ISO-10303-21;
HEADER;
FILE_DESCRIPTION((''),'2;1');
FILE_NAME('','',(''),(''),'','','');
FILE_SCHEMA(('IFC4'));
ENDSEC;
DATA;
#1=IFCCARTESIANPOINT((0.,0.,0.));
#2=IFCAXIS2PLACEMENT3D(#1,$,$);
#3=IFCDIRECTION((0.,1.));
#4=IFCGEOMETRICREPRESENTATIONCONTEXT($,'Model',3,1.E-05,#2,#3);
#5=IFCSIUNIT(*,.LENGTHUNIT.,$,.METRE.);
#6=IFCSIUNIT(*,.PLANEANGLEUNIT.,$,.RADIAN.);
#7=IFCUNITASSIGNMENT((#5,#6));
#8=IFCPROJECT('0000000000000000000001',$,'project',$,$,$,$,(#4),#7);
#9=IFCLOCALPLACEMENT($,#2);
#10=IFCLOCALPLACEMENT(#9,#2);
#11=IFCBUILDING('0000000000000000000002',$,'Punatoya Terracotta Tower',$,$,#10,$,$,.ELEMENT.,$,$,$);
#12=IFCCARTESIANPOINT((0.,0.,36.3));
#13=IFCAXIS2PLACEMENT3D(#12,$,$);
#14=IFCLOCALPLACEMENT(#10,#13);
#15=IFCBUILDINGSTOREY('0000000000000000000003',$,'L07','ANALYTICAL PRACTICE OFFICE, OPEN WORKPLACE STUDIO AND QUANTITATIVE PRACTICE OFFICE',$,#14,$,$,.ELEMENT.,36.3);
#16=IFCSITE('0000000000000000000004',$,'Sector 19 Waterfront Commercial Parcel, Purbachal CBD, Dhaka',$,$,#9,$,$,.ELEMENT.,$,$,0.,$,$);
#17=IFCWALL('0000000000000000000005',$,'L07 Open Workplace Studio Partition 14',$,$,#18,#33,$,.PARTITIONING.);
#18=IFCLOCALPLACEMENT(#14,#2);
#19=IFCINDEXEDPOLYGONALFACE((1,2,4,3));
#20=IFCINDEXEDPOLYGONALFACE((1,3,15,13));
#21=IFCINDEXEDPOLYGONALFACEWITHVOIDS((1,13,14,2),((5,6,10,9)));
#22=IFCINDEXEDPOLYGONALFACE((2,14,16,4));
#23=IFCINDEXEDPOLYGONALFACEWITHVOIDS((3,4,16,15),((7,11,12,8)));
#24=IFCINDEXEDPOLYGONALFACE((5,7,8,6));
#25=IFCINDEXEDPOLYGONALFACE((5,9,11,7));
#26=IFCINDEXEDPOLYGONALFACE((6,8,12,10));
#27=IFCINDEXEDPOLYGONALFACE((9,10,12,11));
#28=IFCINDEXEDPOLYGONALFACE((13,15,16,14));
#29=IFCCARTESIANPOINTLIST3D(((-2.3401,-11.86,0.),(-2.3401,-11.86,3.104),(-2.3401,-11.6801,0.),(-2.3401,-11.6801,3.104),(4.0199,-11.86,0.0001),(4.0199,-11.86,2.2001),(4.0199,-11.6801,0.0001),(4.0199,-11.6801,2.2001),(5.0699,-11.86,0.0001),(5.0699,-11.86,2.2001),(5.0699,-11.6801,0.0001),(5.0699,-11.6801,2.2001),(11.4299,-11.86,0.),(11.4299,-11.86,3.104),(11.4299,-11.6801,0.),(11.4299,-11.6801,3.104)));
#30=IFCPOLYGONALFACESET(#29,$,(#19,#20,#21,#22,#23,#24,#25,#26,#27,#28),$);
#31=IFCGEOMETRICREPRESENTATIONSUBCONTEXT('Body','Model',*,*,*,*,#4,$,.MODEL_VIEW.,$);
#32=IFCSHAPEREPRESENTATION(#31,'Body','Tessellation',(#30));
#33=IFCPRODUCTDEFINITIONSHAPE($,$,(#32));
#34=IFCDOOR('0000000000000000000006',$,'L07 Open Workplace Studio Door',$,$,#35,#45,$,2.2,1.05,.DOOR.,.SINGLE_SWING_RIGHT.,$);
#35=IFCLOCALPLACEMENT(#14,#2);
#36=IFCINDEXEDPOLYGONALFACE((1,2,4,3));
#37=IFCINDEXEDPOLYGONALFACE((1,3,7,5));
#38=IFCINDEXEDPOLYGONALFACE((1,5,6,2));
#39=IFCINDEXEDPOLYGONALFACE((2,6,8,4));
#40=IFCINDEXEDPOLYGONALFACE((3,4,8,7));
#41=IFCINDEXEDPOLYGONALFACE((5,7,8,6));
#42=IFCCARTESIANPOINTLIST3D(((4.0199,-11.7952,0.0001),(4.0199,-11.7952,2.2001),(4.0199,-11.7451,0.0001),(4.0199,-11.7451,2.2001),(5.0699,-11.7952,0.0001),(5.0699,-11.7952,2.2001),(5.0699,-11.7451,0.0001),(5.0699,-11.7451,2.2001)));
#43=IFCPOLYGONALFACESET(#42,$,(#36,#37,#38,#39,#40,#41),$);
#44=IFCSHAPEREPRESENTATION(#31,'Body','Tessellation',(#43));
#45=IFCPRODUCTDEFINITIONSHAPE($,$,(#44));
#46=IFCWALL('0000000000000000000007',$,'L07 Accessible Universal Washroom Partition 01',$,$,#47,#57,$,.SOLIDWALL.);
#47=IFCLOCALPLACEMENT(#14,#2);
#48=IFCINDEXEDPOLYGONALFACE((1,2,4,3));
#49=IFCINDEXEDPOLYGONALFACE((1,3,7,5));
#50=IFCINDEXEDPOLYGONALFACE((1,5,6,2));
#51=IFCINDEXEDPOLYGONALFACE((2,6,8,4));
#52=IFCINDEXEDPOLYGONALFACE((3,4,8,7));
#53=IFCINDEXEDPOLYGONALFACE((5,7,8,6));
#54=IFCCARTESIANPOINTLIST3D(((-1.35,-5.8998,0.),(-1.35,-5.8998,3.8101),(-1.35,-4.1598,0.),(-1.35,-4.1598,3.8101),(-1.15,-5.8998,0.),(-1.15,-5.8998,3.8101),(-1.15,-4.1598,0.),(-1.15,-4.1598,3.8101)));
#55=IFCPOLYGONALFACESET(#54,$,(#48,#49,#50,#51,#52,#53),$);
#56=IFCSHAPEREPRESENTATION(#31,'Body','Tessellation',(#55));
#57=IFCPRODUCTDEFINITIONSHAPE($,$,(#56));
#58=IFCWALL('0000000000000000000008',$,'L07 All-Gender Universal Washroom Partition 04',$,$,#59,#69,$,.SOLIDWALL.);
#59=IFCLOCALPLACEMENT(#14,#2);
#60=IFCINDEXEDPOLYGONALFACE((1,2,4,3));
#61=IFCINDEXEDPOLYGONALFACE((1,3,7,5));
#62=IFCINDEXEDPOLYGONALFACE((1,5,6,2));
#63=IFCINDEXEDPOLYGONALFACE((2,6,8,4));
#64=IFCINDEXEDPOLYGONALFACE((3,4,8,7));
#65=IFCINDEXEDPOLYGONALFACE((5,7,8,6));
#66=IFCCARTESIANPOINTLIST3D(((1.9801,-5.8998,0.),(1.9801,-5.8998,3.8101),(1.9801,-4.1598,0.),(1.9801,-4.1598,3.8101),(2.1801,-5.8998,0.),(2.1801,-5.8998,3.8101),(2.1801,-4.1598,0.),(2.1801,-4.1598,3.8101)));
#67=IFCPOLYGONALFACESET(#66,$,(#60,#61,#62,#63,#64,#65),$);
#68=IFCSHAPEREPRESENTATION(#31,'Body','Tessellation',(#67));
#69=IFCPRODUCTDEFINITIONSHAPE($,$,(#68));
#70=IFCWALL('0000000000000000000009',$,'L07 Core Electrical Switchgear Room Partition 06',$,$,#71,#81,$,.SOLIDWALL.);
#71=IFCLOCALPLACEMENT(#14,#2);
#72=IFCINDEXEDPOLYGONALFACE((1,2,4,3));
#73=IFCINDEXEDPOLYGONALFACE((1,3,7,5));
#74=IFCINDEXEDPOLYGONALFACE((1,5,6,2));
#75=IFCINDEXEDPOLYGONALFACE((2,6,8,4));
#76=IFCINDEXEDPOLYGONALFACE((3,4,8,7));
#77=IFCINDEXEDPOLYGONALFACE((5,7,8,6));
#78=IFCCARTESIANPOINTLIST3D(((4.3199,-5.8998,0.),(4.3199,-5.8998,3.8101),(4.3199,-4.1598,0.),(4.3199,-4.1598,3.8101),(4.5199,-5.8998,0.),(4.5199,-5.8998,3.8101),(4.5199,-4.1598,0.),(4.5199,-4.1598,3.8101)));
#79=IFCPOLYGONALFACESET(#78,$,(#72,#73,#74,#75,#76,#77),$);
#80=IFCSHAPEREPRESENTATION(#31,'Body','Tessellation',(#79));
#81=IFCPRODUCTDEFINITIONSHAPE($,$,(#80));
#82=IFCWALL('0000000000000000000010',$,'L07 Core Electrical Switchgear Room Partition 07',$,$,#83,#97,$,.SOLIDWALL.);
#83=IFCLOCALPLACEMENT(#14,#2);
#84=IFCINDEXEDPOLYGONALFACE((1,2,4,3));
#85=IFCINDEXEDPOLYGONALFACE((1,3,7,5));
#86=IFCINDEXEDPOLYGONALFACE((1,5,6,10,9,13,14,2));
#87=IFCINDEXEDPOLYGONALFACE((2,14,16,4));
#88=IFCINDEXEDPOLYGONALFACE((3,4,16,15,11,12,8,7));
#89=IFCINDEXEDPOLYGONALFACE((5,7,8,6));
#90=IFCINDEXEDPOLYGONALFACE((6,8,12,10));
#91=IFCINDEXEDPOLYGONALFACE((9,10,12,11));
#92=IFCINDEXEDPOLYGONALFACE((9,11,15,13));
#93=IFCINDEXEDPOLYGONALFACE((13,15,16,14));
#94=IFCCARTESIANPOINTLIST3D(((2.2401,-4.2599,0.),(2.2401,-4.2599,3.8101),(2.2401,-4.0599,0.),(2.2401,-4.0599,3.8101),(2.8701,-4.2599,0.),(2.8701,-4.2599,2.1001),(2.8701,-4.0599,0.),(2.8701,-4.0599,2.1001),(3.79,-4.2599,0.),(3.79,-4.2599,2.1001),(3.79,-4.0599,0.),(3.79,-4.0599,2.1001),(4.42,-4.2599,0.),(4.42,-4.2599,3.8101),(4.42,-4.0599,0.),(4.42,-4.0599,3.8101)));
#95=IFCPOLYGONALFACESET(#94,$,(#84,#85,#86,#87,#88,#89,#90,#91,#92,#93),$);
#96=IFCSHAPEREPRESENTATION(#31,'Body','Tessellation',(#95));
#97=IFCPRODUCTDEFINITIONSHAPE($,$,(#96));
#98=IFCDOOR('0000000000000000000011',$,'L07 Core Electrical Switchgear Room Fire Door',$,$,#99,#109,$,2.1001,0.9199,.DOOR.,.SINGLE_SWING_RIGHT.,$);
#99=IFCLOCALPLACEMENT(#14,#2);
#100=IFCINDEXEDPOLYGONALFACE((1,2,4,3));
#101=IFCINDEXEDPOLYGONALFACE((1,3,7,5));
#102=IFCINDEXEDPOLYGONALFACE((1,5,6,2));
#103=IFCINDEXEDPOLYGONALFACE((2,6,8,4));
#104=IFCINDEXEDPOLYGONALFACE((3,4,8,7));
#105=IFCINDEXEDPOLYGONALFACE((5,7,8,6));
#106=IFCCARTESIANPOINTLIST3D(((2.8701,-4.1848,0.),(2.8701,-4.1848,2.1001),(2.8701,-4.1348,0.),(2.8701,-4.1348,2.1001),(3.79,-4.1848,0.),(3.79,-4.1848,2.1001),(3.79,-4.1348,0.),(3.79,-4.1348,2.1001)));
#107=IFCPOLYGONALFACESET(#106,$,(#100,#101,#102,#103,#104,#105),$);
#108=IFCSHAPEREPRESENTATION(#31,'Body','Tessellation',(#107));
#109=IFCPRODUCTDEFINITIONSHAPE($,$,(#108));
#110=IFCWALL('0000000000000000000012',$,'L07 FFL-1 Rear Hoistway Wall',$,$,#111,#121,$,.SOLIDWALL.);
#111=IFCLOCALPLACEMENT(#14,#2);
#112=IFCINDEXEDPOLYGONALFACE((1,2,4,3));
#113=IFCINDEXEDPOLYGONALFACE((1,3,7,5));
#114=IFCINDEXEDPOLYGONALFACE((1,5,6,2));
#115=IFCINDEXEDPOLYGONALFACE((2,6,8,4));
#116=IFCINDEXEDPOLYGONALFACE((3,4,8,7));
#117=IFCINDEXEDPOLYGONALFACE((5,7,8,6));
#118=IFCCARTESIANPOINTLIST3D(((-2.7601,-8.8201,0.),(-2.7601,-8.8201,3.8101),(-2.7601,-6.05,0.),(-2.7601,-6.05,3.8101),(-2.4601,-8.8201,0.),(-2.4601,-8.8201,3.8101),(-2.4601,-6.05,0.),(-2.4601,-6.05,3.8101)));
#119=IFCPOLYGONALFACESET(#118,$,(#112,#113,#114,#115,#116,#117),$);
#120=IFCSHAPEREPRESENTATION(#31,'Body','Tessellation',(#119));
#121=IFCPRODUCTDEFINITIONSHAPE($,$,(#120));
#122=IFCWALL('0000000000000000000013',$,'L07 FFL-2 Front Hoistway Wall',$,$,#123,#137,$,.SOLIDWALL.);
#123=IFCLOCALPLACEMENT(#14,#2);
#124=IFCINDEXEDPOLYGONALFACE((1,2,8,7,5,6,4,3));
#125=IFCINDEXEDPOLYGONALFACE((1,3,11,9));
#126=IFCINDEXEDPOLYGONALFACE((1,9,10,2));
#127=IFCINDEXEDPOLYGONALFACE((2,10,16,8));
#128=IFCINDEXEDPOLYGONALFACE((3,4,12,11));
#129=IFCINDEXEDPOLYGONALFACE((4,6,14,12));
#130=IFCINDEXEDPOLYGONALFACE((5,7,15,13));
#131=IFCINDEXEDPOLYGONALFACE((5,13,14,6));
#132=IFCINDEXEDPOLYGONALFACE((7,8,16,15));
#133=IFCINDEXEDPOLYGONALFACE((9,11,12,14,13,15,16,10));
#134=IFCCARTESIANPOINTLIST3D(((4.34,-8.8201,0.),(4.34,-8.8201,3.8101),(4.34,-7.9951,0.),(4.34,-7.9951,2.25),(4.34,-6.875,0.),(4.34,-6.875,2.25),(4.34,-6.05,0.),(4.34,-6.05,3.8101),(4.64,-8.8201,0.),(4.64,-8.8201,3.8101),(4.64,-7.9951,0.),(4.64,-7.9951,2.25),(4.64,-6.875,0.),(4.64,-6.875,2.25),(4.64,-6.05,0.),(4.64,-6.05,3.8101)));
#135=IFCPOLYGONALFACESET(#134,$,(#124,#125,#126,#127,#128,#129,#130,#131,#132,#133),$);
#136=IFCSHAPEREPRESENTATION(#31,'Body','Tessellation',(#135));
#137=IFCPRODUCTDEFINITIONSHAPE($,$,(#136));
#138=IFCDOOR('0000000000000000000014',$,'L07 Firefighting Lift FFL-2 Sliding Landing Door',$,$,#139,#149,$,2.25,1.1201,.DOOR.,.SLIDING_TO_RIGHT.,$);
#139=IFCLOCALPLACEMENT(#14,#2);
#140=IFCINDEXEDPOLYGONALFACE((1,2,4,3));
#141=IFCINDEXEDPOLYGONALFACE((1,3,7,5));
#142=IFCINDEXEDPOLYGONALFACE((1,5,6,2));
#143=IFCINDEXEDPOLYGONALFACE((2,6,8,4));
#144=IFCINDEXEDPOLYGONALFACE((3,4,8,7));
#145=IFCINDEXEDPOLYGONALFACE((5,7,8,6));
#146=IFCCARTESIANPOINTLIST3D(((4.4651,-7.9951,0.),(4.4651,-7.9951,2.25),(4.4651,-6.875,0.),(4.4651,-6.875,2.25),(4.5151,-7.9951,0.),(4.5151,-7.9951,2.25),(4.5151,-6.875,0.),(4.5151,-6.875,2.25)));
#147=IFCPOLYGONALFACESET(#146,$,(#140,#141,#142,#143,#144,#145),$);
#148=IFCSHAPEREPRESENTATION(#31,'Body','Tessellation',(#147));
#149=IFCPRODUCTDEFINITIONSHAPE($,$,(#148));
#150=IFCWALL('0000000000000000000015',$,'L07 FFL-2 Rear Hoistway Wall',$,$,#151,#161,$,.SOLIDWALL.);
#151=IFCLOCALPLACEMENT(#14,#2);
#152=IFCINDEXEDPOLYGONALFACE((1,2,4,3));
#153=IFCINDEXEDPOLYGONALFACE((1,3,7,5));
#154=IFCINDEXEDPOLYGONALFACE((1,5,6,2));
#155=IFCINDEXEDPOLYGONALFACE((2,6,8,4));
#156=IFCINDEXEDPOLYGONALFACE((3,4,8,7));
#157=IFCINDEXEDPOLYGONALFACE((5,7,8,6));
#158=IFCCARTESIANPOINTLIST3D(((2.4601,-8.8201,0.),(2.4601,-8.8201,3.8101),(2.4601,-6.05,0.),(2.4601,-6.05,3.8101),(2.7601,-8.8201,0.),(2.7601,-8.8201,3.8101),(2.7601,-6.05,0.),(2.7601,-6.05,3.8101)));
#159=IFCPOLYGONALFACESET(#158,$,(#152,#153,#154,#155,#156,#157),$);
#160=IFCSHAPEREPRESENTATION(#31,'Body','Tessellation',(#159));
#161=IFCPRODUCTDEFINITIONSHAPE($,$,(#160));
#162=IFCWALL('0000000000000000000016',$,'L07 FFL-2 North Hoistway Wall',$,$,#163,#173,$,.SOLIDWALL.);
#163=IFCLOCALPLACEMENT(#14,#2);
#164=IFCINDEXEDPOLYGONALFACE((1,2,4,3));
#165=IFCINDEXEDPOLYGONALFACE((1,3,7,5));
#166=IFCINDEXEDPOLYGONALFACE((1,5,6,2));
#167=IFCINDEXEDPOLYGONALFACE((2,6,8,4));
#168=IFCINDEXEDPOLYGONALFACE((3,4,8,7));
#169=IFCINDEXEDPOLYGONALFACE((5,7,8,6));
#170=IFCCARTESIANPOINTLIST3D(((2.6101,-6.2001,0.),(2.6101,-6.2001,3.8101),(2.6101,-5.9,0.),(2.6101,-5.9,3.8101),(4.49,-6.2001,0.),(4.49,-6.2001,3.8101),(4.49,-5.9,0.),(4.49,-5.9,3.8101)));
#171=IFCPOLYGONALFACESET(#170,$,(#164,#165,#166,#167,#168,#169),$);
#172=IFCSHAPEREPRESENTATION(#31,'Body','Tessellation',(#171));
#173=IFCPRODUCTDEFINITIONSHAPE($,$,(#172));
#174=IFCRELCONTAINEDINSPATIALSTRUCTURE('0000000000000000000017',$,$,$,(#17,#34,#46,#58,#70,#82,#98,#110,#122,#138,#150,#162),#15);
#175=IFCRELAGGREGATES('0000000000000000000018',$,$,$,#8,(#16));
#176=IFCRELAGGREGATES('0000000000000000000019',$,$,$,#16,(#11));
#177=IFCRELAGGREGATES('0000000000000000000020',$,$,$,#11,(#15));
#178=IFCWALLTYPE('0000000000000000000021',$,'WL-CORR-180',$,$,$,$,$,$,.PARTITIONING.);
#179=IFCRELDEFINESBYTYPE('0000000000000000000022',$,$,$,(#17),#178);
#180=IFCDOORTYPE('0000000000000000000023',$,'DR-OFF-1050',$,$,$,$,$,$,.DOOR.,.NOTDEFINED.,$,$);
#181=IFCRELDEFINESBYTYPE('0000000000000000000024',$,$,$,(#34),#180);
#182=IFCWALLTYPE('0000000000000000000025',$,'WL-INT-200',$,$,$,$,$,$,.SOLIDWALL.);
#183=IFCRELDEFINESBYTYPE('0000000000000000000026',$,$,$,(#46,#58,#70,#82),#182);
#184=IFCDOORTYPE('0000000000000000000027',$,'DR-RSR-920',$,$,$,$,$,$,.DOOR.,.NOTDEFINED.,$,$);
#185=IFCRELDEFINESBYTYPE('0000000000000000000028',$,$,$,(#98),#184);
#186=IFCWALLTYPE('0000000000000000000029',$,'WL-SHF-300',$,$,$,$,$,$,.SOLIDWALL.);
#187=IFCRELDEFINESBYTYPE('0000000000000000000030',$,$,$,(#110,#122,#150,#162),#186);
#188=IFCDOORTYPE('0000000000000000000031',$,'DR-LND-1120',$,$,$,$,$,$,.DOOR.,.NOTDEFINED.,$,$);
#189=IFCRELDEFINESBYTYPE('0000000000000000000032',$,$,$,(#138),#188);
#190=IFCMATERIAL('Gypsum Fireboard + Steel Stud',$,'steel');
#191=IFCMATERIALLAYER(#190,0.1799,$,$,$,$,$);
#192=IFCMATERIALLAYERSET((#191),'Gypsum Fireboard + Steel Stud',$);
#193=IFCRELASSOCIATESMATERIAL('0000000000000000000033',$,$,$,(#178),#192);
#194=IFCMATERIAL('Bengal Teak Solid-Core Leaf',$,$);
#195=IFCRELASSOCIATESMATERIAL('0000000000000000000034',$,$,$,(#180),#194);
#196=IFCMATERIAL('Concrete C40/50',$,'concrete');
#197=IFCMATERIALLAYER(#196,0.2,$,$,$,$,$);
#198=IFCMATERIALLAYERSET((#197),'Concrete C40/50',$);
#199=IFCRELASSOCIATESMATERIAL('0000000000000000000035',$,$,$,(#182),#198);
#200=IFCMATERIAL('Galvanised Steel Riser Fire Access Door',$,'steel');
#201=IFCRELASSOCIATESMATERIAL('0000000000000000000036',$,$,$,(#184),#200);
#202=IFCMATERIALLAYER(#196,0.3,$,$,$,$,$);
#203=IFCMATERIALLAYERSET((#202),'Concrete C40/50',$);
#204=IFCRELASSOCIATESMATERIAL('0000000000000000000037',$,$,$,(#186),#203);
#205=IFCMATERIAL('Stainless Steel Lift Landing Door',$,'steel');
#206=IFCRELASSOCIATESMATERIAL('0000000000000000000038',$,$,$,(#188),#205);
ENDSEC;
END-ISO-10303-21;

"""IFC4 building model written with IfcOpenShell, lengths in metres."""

from ifc_helpers import new_model, si_unit, direction, frame, frame_2d, origin, place, context, subcontext, project, spatial, rectangle, extrude, material, layer, layer_set, type_object, element, fill, save


model = new_model("IFC4")

# Units and contexts
model_context = context("Model", 3, precision=1e-05, world=origin(), true_north=direction((0.0, 1.0)))
body_context = subcontext(model_context, "Body", "Model", "MODEL_VIEW")
ifc_project = project(units=[si_unit("LENGTHUNIT", "METRE"), si_unit("PLANEANGLEUNIT", "RADIAN")], contexts=[model_context])

# Site, building, storey
site_placement = place(None, origin())
site = spatial("IfcSite", under=ifc_project, at=site_placement, Name="Sector 19 Waterfront Commercial Parcel, Purbachal CBD, Dhaka", CompositionType="ELEMENT", RefElevation=0.0)
building_placement = place(site_placement, origin())
building = spatial("IfcBuilding", under=site, at=building_placement, Name="Punatoya Terracotta Tower", CompositionType="ELEMENT")
storey_placement = place(building_placement, frame((0.0, 0.0, 36.3)))
storey = spatial("IfcBuildingStorey", under=building, at=storey_placement, Name="L07", Description="ANALYTICAL PRACTICE OFFICE, OPEN WORKPLACE STUDIO AND QUANTITATIVE PRACTICE OFFICE", CompositionType="ELEMENT", Elevation=36.3)

# Shared definitions
ifc_material_1 = material(Name="Concrete C40/50", Category="concrete")

# Wall, opening, door
ifc_material_2 = material(Name="Gypsum Fireboard + Steel Stud", Category="steel")
ifc_layer_1 = layer(ifc_material_2, 0.1799)
ifc_layer_set_1 = layer_set([ifc_layer_1], Name="Gypsum Fireboard + Steel Stud")
wall_type_1 = type_object("IfcWallType", Name="WL-CORR-180", PredefinedType="PARTITIONING", material=ifc_layer_set_1)
wall_1_placement = place(storey_placement, frame((-2.3401, -11.77, 0.0), z_axis=(0.0, 0.0, 1.0), x_axis=(1.0, 0.0, 0.0)))
wall_1 = element("IfcWall", 1, at=wall_1_placement, inside=storey, type_object=wall_type_1, Name="L07 Open Workplace Studio Partition 14", PredefinedType="PARTITIONING", context=body_context, shape_type="SweptSolid", body=[
    extrude(rectangle(XDim=13.77, YDim=0.1799, at=frame_2d((6.885, 0.0))), origin(), (0.0, 0.0, 1.0), 3.104),
])
opening_1_placement = place(wall_1_placement, frame((6.3601, 0.0, 0.0)))
opening_1 = element("IfcOpeningElement", 2, at=opening_1_placement, cuts=wall_1, PredefinedType="OPENING", context=body_context, shape_type="SweptSolid", body=[
    extrude(rectangle(XDim=1.05, YDim=2.2, at=frame_2d((0.5249, 1.1001))), frame((0.0, 0.0999, 0.0), z_axis=(0.0, -1.0, 0.0), x_axis=(1.0, 0.0, 0.0)), (0.0, 0.0, 1.0), 0.2),
])
ifc_material_3 = material(Name="Bengal Teak Solid-Core Leaf")
door_type_1 = type_object("IfcDoorType", Name="DR-OFF-1050", OperationType="NOTDEFINED", PredefinedType="DOOR", material=ifc_material_3)
door_1_placement = place(opening_1_placement, origin())
door_1 = element("IfcDoor", 3, at=door_1_placement, inside=storey, type_object=door_type_1, Name="L07 Open Workplace Studio Door", OperationType="SINGLE_SWING_RIGHT", OverallHeight=2.2, OverallWidth=1.05, PredefinedType="DOOR", context=body_context, shape_type="SweptSolid", body=[
    extrude(rectangle(XDim=1.05, YDim=2.2, at=frame_2d((0.5249, 1.1001))), frame((0.0, 0.0249, 0.0), z_axis=(0.0, -1.0, 0.0), x_axis=(1.0, 0.0, 0.0)), (0.0, 0.0, 1.0), 0.05),
])
fill(opening_1, door_1)

# Wall
ifc_layer_2 = layer(ifc_material_1, 0.2)
ifc_layer_set_2 = layer_set([ifc_layer_2], Name="Concrete C40/50")
wall_type_2 = type_object("IfcWallType", Name="WL-INT-200", PredefinedType="SOLIDWALL", material=ifc_layer_set_2)
wall_2_placement = place(storey_placement, frame((-1.25, -5.8999, 0.0), z_axis=(0.0, 0.0, 1.0), x_axis=(0.0, 1.0, 0.0)))
element("IfcWall", 4, at=wall_2_placement, inside=storey, type_object=wall_type_2, Name="L07 Accessible Universal Washroom Partition 01", PredefinedType="SOLIDWALL", context=body_context, shape_type="SweptSolid", body=[
    extrude(rectangle(XDim=1.74, YDim=0.2, at=frame_2d((0.8701, 0.0))), origin(), (0.0, 0.0, 1.0), 3.8101),
])

# Wall
wall_3_placement = place(storey_placement, frame((2.0801, -5.8999, 0.0), z_axis=(0.0, 0.0, 1.0), x_axis=(0.0, 1.0, 0.0)))
element("IfcWall", 5, at=wall_3_placement, inside=storey, type_object=wall_type_2, Name="L07 All-Gender Universal Washroom Partition 04", PredefinedType="SOLIDWALL", context=body_context, shape_type="SweptSolid", body=[
    extrude(rectangle(XDim=1.74, YDim=0.2, at=frame_2d((0.8701, 0.0))), origin(), (0.0, 0.0, 1.0), 3.8101),
])

# Wall
wall_4_placement = place(storey_placement, frame((4.4199, -5.8999, 0.0), z_axis=(0.0, 0.0, 1.0), x_axis=(0.0, 1.0, 0.0)))
element("IfcWall", 6, at=wall_4_placement, inside=storey, type_object=wall_type_2, Name="L07 Core Electrical Switchgear Room Partition 06", PredefinedType="SOLIDWALL", context=body_context, shape_type="SweptSolid", body=[
    extrude(rectangle(XDim=1.74, YDim=0.2, at=frame_2d((0.8701, 0.0))), origin(), (0.0, 0.0, 1.0), 3.8101),
])

# Wall, opening, door
wall_5_placement = place(storey_placement, frame((4.4199, -4.1599, 0.0), z_axis=(0.0, 0.0, 1.0), x_axis=(-1.0, 0.0, 0.0)))
wall_5 = element("IfcWall", 7, at=wall_5_placement, inside=storey, type_object=wall_type_2, Name="L07 Core Electrical Switchgear Room Partition 07", PredefinedType="SOLIDWALL", context=body_context, shape_type="SweptSolid", body=[
    extrude(rectangle(XDim=2.1799, YDim=0.2, at=frame_2d((1.0898, 0.0))), origin(), (0.0, 0.0, 1.0), 3.8101),
])
opening_2_placement = place(wall_5_placement, frame((0.6299, 0.0, 0.0)))
opening_2 = element("IfcOpeningElement", 8, at=opening_2_placement, cuts=wall_5, PredefinedType="OPENING", context=body_context, shape_type="SweptSolid", body=[
    extrude(rectangle(XDim=0.9199, YDim=2.1001, at=frame_2d((0.46, 1.05))), frame((0.0, 0.1099, 0.0), z_axis=(0.0, -1.0, 0.0), x_axis=(1.0, 0.0, 0.0)), (0.0, 0.0, 1.0), 0.22),
])
ifc_material_4 = material(Name="Galvanised Steel Riser Fire Access Door", Category="steel")
door_type_2 = type_object("IfcDoorType", Name="DR-RSR-920", OperationType="NOTDEFINED", PredefinedType="DOOR", material=ifc_material_4)
door_2_placement = place(opening_2_placement, origin())
door_2 = element("IfcDoor", 9, at=door_2_placement, inside=storey, type_object=door_type_2, Name="L07 Core Electrical Switchgear Room Fire Door", OperationType="SINGLE_SWING_RIGHT", OverallHeight=2.1001, OverallWidth=0.9199, PredefinedType="DOOR", context=body_context, shape_type="SweptSolid", body=[
    extrude(rectangle(XDim=0.9199, YDim=2.1001, at=frame_2d((0.46, 1.05))), frame((0.0, 0.0249, 0.0), z_axis=(0.0, -1.0, 0.0), x_axis=(1.0, 0.0, 0.0)), (0.0, 0.0, 1.0), 0.05),
])
fill(opening_2, door_2)

# Wall
ifc_layer_3 = layer(ifc_material_1, 0.3)
ifc_layer_set_3 = layer_set([ifc_layer_3], Name="Concrete C40/50")
wall_type_3 = type_object("IfcWallType", Name="WL-SHF-300", PredefinedType="SOLIDWALL", material=ifc_layer_set_3)
wall_6_placement = place(storey_placement, frame((-2.6101, -8.8201, 0.0), z_axis=(0.0, 0.0, 1.0), x_axis=(0.0, 1.0, 0.0)))
element("IfcWall", 10, at=wall_6_placement, inside=storey, type_object=wall_type_3, Name="L07 FFL-1 Rear Hoistway Wall", PredefinedType="SOLIDWALL", context=body_context, shape_type="SweptSolid", body=[
    extrude(rectangle(XDim=2.77, YDim=0.3, at=frame_2d((1.385, 0.0))), origin(), (0.0, 0.0, 1.0), 3.8101),
])

# Wall, opening, door
wall_7_placement = place(storey_placement, frame((4.49, -8.8201, 0.0), z_axis=(0.0, 0.0, 1.0), x_axis=(0.0, 1.0, 0.0)))
wall_7 = element("IfcWall", 11, at=wall_7_placement, inside=storey, type_object=wall_type_3, Name="L07 FFL-2 Front Hoistway Wall", PredefinedType="SOLIDWALL", context=body_context, shape_type="SweptSolid", body=[
    extrude(rectangle(XDim=2.77, YDim=0.3, at=frame_2d((1.385, 0.0))), origin(), (0.0, 0.0, 1.0), 3.8101),
])
opening_3_placement = place(wall_7_placement, frame((0.825, 0.0, 0.0)))
opening_3 = element("IfcOpeningElement", 12, at=opening_3_placement, cuts=wall_7, PredefinedType="OPENING", context=body_context, shape_type="SweptSolid", body=[
    extrude(rectangle(XDim=1.1201, YDim=2.25, at=frame_2d((0.5601, 1.125))), frame((0.0, 0.1599, 0.0), z_axis=(0.0, -1.0, 0.0), x_axis=(1.0, 0.0, 0.0)), (0.0, 0.0, 1.0), 0.3201),
])
ifc_material_5 = material(Name="Stainless Steel Lift Landing Door", Category="steel")
door_type_3 = type_object("IfcDoorType", Name="DR-LND-1120", OperationType="NOTDEFINED", PredefinedType="DOOR", material=ifc_material_5)
door_3_placement = place(opening_3_placement, origin())
door_3 = element("IfcDoor", 13, at=door_3_placement, inside=storey, type_object=door_type_3, Name="L07 Firefighting Lift FFL-2 Sliding Landing Door", OperationType="SLIDING_TO_RIGHT", OverallHeight=2.25, OverallWidth=1.1201, PredefinedType="DOOR", context=body_context, shape_type="SweptSolid", body=[
    extrude(rectangle(XDim=1.1201, YDim=2.25, at=frame_2d((0.5601, 1.125))), frame((0.0, 0.0249, 0.0), z_axis=(0.0, -1.0, 0.0), x_axis=(1.0, 0.0, 0.0)), (0.0, 0.0, 1.0), 0.05),
])
fill(opening_3, door_3)

# Walls
wall_8_placement = place(storey_placement, frame((2.6101, -8.8201, 0.0), z_axis=(0.0, 0.0, 1.0), x_axis=(0.0, 1.0, 0.0)))
element("IfcWall", 14, at=wall_8_placement, inside=storey, type_object=wall_type_3, Name="L07 FFL-2 Rear Hoistway Wall", PredefinedType="SOLIDWALL", context=body_context, shape_type="SweptSolid", body=[
    extrude(rectangle(XDim=2.77, YDim=0.3, at=frame_2d((1.385, 0.0))), origin(), (0.0, 0.0, 1.0), 3.8101),
])
for number, where, z_axis, x_axis, name in (
    (15, (2.6101, -6.05, 0.0), (0.0, 0.0, 1.0), (1.0, 0.0, 0.0), "L07 FFL-2 North Hoistway Wall"),
):
    element("IfcWall", number, at=place(storey_placement, frame(where, z_axis=z_axis, x_axis=x_axis)), inside=storey, type_object=wall_type_3, Name=name, PredefinedType="SOLIDWALL", context=body_context, shape_type="SweptSolid", body=[
        extrude(rectangle(XDim=1.8799, YDim=0.3, at=frame_2d((0.9399, 0.0))), origin(), (0.0, 0.0, 1.0), 3.8101),
    ])

save(model, "model.ifc")
